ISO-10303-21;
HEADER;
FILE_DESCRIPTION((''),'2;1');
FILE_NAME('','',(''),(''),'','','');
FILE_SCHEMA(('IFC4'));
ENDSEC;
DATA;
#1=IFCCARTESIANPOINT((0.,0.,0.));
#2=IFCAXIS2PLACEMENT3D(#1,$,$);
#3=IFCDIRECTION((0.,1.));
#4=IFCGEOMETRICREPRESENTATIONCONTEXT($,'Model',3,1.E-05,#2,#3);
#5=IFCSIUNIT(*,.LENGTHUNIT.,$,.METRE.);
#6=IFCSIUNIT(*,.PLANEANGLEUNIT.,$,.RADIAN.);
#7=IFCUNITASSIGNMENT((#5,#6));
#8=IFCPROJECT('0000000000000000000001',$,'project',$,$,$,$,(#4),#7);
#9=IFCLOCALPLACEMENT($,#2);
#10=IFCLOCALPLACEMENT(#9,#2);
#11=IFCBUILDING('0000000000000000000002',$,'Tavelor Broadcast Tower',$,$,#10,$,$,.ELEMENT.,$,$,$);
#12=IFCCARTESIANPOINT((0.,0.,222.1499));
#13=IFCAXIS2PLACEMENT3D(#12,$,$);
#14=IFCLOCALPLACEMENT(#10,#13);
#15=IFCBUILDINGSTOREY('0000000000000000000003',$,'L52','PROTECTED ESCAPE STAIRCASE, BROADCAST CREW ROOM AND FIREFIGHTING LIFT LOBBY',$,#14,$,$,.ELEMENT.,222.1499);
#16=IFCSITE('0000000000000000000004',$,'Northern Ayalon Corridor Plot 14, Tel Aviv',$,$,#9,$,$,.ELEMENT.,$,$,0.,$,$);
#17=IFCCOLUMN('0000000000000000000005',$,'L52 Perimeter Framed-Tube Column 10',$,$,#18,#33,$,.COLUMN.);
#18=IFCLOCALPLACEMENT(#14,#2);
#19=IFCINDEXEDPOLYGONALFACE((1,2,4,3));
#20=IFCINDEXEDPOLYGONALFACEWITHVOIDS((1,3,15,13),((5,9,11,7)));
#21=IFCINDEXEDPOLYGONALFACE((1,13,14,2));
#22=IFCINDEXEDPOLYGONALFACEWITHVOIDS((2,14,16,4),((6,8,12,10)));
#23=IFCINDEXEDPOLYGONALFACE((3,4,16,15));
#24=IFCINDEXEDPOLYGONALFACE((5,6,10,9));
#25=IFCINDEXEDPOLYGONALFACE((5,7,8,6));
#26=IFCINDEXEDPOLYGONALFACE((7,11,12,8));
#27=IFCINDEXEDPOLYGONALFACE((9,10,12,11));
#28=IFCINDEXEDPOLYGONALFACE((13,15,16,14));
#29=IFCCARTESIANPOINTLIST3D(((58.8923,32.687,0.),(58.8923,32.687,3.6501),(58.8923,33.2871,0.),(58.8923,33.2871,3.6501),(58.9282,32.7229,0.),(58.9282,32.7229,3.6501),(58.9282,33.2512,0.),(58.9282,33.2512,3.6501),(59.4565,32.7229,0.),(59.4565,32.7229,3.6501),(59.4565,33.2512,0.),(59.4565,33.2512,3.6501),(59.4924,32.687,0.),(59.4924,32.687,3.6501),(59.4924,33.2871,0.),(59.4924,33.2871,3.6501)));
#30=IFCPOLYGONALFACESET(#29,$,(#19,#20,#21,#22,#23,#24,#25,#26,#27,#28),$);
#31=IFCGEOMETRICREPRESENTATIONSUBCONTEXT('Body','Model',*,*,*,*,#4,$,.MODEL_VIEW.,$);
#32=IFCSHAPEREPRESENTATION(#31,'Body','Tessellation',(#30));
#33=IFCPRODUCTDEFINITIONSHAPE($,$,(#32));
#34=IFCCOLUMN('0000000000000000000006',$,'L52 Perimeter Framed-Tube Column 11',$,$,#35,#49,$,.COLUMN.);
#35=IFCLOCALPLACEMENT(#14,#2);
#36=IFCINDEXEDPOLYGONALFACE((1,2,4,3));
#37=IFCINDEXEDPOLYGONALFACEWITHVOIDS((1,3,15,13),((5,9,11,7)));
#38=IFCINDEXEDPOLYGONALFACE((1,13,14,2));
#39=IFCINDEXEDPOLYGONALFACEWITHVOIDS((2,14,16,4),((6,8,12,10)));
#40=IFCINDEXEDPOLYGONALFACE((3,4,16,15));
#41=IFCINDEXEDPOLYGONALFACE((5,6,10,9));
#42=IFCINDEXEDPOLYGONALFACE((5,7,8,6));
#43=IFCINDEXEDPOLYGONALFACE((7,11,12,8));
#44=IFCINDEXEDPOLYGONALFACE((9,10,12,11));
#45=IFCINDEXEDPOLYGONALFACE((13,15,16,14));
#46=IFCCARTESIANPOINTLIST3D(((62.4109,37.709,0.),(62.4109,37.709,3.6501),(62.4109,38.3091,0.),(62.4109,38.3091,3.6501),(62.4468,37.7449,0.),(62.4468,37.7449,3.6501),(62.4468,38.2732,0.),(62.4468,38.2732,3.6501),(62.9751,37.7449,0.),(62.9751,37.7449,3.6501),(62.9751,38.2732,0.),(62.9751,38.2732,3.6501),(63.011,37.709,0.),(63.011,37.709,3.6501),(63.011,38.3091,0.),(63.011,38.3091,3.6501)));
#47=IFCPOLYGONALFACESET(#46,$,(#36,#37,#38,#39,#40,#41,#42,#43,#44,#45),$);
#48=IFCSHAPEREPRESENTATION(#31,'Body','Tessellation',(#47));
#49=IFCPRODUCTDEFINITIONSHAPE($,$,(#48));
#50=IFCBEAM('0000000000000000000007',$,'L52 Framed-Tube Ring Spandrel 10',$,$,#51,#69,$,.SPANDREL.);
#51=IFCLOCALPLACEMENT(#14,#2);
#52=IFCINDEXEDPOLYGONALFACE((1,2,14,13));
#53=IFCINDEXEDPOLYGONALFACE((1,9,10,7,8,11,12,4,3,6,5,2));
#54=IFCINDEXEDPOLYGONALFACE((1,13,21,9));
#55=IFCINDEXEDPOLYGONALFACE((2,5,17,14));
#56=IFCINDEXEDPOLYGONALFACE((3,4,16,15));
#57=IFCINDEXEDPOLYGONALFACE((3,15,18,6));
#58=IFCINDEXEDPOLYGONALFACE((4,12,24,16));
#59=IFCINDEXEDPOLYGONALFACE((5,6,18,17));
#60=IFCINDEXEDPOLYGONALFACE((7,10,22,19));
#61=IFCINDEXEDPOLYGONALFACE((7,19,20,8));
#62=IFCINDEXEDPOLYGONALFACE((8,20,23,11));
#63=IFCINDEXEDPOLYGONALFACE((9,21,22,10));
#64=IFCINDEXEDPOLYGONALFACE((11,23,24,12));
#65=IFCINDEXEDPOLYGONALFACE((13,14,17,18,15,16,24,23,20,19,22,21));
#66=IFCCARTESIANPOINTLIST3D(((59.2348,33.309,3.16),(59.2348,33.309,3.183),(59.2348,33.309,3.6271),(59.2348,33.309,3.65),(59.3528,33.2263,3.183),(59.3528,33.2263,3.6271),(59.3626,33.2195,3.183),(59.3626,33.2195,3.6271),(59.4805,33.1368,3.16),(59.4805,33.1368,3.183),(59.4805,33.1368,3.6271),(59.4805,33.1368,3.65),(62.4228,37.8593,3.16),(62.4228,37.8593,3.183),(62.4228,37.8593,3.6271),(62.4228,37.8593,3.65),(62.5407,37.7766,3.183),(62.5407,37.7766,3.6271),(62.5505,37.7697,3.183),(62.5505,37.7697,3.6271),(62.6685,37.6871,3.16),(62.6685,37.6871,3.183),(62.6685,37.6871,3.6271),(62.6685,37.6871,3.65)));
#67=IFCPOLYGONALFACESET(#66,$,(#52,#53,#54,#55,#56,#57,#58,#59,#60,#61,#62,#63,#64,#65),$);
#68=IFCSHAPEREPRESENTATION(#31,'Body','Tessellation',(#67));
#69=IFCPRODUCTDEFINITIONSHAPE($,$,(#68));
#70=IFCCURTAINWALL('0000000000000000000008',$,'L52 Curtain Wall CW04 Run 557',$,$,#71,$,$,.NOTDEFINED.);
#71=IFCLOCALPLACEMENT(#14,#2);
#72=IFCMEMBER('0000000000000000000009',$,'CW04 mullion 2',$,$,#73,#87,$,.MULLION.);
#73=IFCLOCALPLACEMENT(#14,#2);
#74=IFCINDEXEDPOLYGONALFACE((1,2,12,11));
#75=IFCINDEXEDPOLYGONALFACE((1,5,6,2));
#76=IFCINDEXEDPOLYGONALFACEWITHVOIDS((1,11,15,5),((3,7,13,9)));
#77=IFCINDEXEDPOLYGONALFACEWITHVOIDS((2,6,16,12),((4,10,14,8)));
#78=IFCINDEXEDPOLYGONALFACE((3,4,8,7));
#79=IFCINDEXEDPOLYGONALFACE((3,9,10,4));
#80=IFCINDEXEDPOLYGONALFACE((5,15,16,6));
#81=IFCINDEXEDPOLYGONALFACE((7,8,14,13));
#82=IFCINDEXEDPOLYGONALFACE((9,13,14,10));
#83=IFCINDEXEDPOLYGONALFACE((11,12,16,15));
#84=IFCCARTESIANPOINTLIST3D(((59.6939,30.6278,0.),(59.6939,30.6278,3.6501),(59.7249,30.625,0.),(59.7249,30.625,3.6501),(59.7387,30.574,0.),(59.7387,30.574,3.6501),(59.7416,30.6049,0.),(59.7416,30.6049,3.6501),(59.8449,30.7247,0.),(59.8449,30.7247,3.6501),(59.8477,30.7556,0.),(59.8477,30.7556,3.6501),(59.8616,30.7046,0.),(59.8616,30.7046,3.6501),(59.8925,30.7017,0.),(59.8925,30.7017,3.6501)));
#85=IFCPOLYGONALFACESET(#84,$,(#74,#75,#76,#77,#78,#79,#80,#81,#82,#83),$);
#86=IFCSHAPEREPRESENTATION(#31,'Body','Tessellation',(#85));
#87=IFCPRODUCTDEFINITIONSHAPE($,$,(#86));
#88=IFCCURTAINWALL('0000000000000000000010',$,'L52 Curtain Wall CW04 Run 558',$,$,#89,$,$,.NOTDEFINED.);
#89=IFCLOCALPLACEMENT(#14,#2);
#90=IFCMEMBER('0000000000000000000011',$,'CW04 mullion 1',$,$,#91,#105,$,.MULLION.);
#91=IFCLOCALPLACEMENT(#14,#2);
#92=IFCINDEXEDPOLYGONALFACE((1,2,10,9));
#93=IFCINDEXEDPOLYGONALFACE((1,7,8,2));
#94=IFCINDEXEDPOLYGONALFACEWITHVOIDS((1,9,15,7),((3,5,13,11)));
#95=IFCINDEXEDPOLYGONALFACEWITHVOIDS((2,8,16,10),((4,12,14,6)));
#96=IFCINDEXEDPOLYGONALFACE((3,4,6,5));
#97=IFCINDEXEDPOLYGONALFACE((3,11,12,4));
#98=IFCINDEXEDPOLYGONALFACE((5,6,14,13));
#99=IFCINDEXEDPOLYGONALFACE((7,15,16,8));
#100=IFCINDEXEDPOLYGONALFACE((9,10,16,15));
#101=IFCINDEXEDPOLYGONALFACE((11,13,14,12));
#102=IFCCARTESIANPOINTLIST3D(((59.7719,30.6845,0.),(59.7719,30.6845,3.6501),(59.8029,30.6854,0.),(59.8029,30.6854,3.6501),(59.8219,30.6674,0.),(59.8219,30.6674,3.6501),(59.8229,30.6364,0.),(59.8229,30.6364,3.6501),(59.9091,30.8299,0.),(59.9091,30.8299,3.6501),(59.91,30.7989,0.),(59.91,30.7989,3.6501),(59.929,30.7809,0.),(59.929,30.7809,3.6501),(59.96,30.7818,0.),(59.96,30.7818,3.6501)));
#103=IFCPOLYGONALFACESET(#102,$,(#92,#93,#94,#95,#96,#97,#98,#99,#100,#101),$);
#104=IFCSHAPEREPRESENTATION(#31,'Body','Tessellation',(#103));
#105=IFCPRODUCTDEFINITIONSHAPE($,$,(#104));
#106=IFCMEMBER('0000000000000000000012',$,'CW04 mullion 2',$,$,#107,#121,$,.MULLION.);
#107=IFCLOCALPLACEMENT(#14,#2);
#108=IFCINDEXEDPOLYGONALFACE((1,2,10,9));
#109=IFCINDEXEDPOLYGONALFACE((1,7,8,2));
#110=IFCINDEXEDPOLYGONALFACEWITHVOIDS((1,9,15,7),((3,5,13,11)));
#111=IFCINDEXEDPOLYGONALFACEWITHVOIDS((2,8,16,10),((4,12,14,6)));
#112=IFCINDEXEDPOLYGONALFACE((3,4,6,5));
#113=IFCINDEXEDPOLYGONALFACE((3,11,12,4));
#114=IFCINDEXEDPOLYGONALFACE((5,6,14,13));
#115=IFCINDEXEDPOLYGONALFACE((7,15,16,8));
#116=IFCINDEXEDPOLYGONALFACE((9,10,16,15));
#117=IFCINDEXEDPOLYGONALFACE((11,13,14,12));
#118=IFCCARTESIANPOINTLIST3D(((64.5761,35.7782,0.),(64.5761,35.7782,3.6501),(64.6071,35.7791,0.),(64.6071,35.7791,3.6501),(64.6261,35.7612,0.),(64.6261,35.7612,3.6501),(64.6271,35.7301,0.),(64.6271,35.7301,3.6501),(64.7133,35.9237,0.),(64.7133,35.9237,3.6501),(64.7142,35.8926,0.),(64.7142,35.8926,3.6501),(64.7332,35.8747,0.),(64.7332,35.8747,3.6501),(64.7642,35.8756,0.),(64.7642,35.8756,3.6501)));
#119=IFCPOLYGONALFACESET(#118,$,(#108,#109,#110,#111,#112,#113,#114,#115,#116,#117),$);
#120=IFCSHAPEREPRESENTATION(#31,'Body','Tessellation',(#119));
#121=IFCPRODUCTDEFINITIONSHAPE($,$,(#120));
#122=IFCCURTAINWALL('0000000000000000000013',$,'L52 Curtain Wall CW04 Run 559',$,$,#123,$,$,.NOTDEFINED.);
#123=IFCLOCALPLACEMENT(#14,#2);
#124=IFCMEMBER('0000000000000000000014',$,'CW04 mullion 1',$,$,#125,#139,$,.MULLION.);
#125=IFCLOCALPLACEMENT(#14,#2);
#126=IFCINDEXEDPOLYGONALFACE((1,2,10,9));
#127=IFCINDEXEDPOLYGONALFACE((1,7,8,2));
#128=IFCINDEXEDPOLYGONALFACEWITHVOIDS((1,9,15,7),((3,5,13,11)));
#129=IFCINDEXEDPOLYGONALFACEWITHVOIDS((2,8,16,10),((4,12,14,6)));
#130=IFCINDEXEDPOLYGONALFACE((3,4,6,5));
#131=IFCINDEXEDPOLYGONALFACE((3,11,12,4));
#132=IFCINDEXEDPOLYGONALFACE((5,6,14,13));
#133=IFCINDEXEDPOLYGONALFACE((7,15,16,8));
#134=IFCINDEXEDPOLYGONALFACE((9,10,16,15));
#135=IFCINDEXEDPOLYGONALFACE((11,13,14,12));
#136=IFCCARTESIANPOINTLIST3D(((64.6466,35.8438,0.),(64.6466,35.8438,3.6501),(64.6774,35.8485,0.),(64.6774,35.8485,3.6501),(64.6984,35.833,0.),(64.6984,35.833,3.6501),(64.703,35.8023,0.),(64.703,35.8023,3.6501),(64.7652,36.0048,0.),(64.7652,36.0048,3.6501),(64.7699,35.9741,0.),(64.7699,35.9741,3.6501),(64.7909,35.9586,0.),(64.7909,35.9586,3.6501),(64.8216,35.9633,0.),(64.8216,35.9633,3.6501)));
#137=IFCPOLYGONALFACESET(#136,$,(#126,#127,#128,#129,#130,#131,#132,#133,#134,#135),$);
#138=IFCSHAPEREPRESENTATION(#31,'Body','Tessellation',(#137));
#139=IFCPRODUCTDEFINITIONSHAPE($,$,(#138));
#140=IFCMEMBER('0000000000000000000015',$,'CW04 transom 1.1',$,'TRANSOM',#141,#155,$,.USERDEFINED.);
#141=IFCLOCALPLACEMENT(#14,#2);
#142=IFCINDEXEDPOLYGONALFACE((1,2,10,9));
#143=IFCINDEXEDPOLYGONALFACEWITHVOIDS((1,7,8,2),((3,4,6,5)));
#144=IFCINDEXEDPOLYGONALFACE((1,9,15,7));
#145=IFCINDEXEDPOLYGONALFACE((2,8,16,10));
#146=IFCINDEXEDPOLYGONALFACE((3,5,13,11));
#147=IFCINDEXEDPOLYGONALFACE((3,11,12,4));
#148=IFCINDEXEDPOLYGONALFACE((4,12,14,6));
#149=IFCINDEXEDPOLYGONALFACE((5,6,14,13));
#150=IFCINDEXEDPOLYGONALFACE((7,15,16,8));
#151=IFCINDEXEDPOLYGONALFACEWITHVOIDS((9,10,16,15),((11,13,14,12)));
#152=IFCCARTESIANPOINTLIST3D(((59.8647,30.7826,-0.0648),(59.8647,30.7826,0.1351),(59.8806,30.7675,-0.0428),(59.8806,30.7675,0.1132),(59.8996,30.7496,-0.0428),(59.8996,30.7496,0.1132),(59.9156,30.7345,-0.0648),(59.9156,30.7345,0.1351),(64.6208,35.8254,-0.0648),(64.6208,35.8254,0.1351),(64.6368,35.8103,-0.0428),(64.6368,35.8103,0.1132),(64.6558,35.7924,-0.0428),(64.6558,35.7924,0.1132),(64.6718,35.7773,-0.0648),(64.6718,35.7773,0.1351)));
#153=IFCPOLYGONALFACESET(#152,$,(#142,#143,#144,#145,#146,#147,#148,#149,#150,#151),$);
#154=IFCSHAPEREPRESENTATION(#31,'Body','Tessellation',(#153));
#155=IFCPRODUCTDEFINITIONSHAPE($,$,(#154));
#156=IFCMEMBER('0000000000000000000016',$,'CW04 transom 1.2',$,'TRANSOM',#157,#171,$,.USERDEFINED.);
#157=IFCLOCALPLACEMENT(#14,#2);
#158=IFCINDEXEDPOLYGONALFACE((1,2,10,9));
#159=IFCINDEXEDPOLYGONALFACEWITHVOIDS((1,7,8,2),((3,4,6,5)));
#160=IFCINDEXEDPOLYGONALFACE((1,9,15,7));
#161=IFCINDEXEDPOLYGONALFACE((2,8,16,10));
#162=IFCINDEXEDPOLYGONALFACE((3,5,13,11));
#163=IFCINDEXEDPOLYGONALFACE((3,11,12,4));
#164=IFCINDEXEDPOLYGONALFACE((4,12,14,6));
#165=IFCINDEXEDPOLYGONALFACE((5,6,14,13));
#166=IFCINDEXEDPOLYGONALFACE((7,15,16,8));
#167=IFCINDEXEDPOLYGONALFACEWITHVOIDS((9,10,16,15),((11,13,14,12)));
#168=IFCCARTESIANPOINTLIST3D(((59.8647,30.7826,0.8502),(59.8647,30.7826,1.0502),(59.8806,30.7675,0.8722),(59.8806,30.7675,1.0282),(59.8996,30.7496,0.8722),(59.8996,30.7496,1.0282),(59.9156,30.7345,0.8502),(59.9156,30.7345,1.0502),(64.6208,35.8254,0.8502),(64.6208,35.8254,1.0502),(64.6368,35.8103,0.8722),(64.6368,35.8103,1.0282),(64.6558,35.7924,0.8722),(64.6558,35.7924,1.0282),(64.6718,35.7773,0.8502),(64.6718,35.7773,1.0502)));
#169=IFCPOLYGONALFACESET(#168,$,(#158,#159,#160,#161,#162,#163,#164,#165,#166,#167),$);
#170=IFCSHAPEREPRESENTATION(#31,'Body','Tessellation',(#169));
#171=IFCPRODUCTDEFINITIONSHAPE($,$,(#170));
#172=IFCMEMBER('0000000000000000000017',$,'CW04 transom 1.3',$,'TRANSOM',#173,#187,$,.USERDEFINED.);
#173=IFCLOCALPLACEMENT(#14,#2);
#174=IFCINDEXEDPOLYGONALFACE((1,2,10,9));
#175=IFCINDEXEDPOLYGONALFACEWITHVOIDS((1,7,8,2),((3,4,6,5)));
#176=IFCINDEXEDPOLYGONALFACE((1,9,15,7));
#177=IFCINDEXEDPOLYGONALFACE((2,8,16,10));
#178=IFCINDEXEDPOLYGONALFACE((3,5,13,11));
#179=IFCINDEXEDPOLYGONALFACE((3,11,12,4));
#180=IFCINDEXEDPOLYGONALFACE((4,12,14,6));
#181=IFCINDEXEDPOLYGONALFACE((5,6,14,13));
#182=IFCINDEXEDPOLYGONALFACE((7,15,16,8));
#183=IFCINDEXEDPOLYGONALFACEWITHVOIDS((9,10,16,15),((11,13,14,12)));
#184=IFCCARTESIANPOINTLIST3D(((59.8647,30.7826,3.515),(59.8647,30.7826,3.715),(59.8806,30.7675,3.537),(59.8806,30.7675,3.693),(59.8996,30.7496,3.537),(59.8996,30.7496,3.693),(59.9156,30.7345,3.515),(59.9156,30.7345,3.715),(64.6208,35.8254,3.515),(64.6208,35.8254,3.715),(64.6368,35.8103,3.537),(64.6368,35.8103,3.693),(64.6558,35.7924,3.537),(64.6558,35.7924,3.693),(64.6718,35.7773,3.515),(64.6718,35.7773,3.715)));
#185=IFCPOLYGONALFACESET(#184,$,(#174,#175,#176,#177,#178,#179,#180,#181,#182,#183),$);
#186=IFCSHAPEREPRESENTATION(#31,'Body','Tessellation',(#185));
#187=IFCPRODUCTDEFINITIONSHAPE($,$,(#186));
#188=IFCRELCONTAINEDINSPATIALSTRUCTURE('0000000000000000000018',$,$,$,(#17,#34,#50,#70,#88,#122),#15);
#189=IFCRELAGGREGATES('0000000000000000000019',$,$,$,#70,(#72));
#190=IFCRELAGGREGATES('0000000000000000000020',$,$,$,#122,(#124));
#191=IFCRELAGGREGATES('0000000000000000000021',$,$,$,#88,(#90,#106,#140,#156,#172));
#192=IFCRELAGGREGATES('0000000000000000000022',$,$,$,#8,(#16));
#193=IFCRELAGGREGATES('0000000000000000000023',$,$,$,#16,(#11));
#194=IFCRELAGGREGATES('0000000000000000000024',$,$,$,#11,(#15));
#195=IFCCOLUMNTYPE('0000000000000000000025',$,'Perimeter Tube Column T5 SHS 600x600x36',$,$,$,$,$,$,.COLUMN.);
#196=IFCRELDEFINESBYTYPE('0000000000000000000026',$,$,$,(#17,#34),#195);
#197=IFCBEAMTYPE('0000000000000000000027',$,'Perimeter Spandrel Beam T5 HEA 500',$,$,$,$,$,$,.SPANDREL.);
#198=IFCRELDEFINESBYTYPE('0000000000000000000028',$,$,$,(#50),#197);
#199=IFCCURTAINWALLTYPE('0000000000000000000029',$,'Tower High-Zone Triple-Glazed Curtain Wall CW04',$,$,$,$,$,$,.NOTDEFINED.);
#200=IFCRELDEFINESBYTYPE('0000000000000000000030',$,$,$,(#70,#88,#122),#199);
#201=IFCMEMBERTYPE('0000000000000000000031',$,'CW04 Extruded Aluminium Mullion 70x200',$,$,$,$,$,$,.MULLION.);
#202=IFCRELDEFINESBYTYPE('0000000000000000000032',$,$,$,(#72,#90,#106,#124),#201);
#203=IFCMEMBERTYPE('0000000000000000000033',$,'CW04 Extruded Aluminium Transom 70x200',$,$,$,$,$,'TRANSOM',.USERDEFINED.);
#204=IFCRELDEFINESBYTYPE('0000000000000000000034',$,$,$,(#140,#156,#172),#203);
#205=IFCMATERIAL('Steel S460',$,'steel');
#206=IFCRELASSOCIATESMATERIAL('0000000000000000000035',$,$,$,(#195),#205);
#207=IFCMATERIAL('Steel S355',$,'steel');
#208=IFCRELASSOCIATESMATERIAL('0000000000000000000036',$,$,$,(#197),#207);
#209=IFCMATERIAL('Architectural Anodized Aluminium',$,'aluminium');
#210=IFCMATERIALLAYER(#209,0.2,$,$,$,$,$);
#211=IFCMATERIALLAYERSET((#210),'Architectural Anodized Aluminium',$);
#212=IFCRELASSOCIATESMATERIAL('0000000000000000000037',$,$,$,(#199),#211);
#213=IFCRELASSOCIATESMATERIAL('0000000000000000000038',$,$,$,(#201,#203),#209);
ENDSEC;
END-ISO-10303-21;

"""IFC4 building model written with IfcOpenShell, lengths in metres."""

from ifc_helpers import new_model, si_unit, direction, frame, origin, origin_2d, place, context, subcontext, project, spatial, hollow_rectangle, i_section, extrude, source, transform, mapped, material, layer, layer_set, material_profile, profile_set, type_object, type_shapes, element, aggregate, save


model = new_model("IFC4")

# Units and contexts
model_context = context("Model", 3, precision=1e-05, world=origin(), true_north=direction((0.0, 1.0)))
body_context = subcontext(model_context, "Body", "Model", "MODEL_VIEW")
ifc_project = project(units=[si_unit("LENGTHUNIT", "METRE"), si_unit("PLANEANGLEUNIT", "RADIAN")], contexts=[model_context])

# Site, building, storey
site_placement = place(None, origin())
site = spatial("IfcSite", under=ifc_project, at=site_placement, Name="Northern Ayalon Corridor Plot 14, Tel Aviv", CompositionType="ELEMENT", RefElevation=0.0)
building_placement = place(site_placement, origin())
building = spatial("IfcBuilding", under=site, at=building_placement, Name="Tavelor Broadcast Tower", CompositionType="ELEMENT")
storey_placement = place(building_placement, frame((0.0, 0.0, 222.1499)))
storey = spatial("IfcBuildingStorey", under=building, at=storey_placement, Name="L52", Description="PROTECTED ESCAPE STAIRCASE, BROADCAST CREW ROOM AND FIREFIGHTING LIFT LOBBY", CompositionType="ELEMENT", Elevation=222.1499)

# Columns
ifc_material_1 = material(Name="Steel S460", Category="steel")
ifc_material_profile_1 = material_profile(ifc_material_1, hollow_rectangle(XDim=0.6001, YDim=0.6001, WallThickness=0.0359, at=origin_2d()), Name="SHS 600x600x36")
ifc_profile_set_1 = profile_set([ifc_material_profile_1], Name="Steel S460")
column_type = type_object("IfcColumnType", Name="Perimeter Tube Column T5 SHS 600x600x36", PredefinedType="COLUMN", material=ifc_profile_set_1)
for number, where, z_axis, x_axis, name in (
    (1, (59.1924, 32.9871, 0.0), (0.0, 0.0, 1.0), (1.0, 0.0, 0.0), "L52 Perimeter Framed-Tube Column 10"),
    (2, (62.7109, 38.009, 0.0), (0.0, 0.0, 1.0), (1.0, 0.0, 0.0), "L52 Perimeter Framed-Tube Column 11"),
):
    element("IfcColumn", number, at=place(storey_placement, frame(where, z_axis=z_axis, x_axis=x_axis)), inside=storey, type_object=column_type, Name=name, PredefinedType="COLUMN", context=body_context, shape_type="SweptSolid", body=[
        extrude(hollow_rectangle(XDim=0.6001, YDim=0.6001, WallThickness=0.0359, at=origin_2d()), origin(), (0.0, 0.0, 1.0), 3.6501),
    ])

# Beam
ifc_material_2 = material(Name="Steel S355", Category="steel")
ifc_material_profile_2 = material_profile(ifc_material_2, i_section(OverallWidth=0.3, OverallDepth=0.49, WebThickness=0.012, FlangeThickness=0.0229, at=origin_2d()), Name="HEA 500")
ifc_profile_set_2 = profile_set([ifc_material_profile_2], Name="Steel S355")
beam_type = type_object("IfcBeamType", Name="Perimeter Spandrel Beam T5 HEA 500", PredefinedType="SPANDREL", material=ifc_profile_set_2)
beam_placement = place(storey_placement, frame((59.3577, 33.2229, 3.405), z_axis=(0.573798, 0.818997, 0.0), x_axis=(-0.818997, 0.573798, 0.0)))
element("IfcBeam", 3, at=beam_placement, inside=storey, type_object=beam_type, Name="L52 Framed-Tube Ring Spandrel 10", PredefinedType="SPANDREL", context=body_context, shape_type="SweptSolid", body=[
    extrude(i_section(OverallWidth=0.3, OverallDepth=0.49, WebThickness=0.012, FlangeThickness=0.0229, at=origin_2d()), origin(), (0.0, 0.0, 1.0), 5.5559),
])

# Curtain wall, member
ifc_material_3 = material(Name="Architectural Anodized Aluminium", Category="aluminium")
ifc_layer_1 = layer(ifc_material_3, 0.2)
ifc_layer_set_1 = layer_set([ifc_layer_1], Name="Architectural Anodized Aluminium")
curtain_wall_type = type_object("IfcCurtainWallType", Name="Tower High-Zone Triple-Glazed Curtain Wall CW04", PredefinedType="NOTDEFINED", material=ifc_layer_set_1)
curtain_wall_1_placement = place(storey_placement, origin())
curtain_wall_1 = element("IfcCurtainWall", 4, at=curtain_wall_1_placement, inside=storey, type_object=curtain_wall_type, Name="L52 Curtain Wall CW04 Run 557", PredefinedType="NOTDEFINED")
ifc_material_profile_3 = material_profile(ifc_material_3, hollow_rectangle(XDim=0.0701, YDim=0.2, WallThickness=0.022, at=origin_2d()), Name="RHS 70x200x22")
ifc_profile_set_3 = profile_set([ifc_material_profile_3], Name="Architectural Anodized Aluminium")
member_type_1 = type_object("IfcMemberType", Name="CW04 Extruded Aluminium Mullion 70x200", PredefinedType="MULLION", material=ifc_profile_set_3)
shared_shape_1 = source(origin(), body_context, "Body", "SweptSolid", [
    extrude(hollow_rectangle(XDim=0.0701, YDim=0.2, WallThickness=0.022, at=origin_2d()), origin(), (0.0, 0.0, 1.0), 3.6501),
])
type_shapes(member_type_1, [shared_shape_1])
member_1_placement = place(storey_placement, frame((59.7932, 30.6648, 0.0), z_axis=(0.0, 0.0, 1.0), x_axis=(-0.639105, 0.769119, 0.0)))
member_1 = element("IfcMember", 5, at=member_1_placement, type_object=member_type_1, Name="CW04 mullion 2", PredefinedType="MULLION", context=body_context, shape_type="MappedRepresentation", body=[
    mapped(shared_shape_1, transform((0.0, 0.0, 0.0), scale=1.0)),
])
aggregate(curtain_wall_1, [member_1])

# Curtain wall, members
curtain_wall_2_placement = place(storey_placement, origin())
curtain_wall_2 = element("IfcCurtainWall", 6, at=curtain_wall_2_placement, inside=storey, type_object=curtain_wall_type, Name="L52 Curtain Wall CW04 Run 558", PredefinedType="NOTDEFINED")
member_2_placement = place(storey_placement, frame((59.866, 30.7332, 0.0), z_axis=(0.0, 0.0, 1.0), x_axis=(-0.727478, 0.686131, 0.0)))
member_2 = element("IfcMember", 7, at=member_2_placement, type_object=member_type_1, Name="CW04 mullion 1", PredefinedType="MULLION", context=body_context, shape_type="MappedRepresentation", body=[
    mapped(shared_shape_1, transform((0.0, 0.0, 0.0), scale=1.0)),
])
member_3_placement = place(storey_placement, frame((64.6702, 35.8269, 0.0), z_axis=(0.0, 0.0, 1.0), x_axis=(-0.727478, 0.686131, 0.0)))
member_3 = element("IfcMember", 8, at=member_3_placement, type_object=member_type_1, Name="CW04 mullion 2", PredefinedType="MULLION", context=body_context, shape_type="MappedRepresentation", body=[
    mapped(shared_shape_1, transform((0.0, 0.0, 0.0), scale=1.0)),
])

# Curtain wall, member
curtain_wall_3_placement = place(storey_placement, origin())
curtain_wall_3 = element("IfcCurtainWall", 9, at=curtain_wall_3_placement, inside=storey, type_object=curtain_wall_type, Name="L52 Curtain Wall CW04 Run 559", PredefinedType="NOTDEFINED")
member_4_placement = place(storey_placement, frame((64.7341, 35.9036, 0.0), z_axis=(0.0, 0.0, 1.0), x_axis=(-0.805162, 0.593054, 0.0)))
member_4 = element("IfcMember", 10, at=member_4_placement, type_object=member_type_1, Name="CW04 mullion 1", PredefinedType="MULLION", context=body_context, shape_type="MappedRepresentation", body=[
    mapped(shared_shape_1, transform((0.0, 0.0, 0.0), scale=1.0)),
])

# Members
ifc_material_profile_4 = material_profile(ifc_material_3, hollow_rectangle(XDim=0.0701, YDim=0.2, WallThickness=0.022, at=origin_2d()), Name="RHS 70x200x22")
ifc_profile_set_4 = profile_set([ifc_material_profile_4], Name="Architectural Anodized Aluminium")
member_type_2 = type_object("IfcMemberType", Name="CW04 Extruded Aluminium Transom 70x200", ElementType="TRANSOM", PredefinedType="USERDEFINED", material=ifc_profile_set_4)
shared_shape_2 = source(origin(), body_context, "Body", "SweptSolid", [
    extrude(hollow_rectangle(XDim=0.0701, YDim=0.2, WallThickness=0.022, at=origin_2d()), origin(), (0.0, 0.0, 1.0), 6.9319),
])
type_shapes(member_type_2, [shared_shape_2])
member_5_placement = place(storey_placement, frame((59.8901, 30.7585, 0.0352), z_axis=(0.68613, 0.727479, 0.0), x_axis=(-0.727479, 0.68613, 0.0)))
member_5 = element("IfcMember", 11, at=member_5_placement, type_object=member_type_2, Name="CW04 transom 1.1", ObjectType="TRANSOM", PredefinedType="USERDEFINED", context=body_context, shape_type="MappedRepresentation", body=[
    mapped(shared_shape_2, transform((0.0, 0.0, 0.0), scale=1.0)),
])
member_6_placement = place(storey_placement, frame((59.8901, 30.7585, 0.9502), z_axis=(0.68613, 0.727479, 0.0), x_axis=(-0.727479, 0.68613, 0.0)))
member_6 = element("IfcMember", 12, at=member_6_placement, type_object=member_type_2, Name="CW04 transom 1.2", ObjectType="TRANSOM", PredefinedType="USERDEFINED", context=body_context, shape_type="MappedRepresentation", body=[
    mapped(shared_shape_2, transform((0.0, 0.0, 0.0), scale=1.0)),
])
member_7_placement = place(storey_placement, frame((59.8901, 30.7585, 3.615), z_axis=(0.68613, 0.727479, 0.0), x_axis=(-0.727479, 0.68613, 0.0)))
member_7 = element("IfcMember", 13, at=member_7_placement, type_object=member_type_2, Name="CW04 transom 1.3", ObjectType="TRANSOM", PredefinedType="USERDEFINED", context=body_context, shape_type="MappedRepresentation", body=[
    mapped(shared_shape_2, transform((0.0, 0.0, 0.0), scale=1.0)),
])
aggregate(curtain_wall_3, [member_4])

aggregate(curtain_wall_2, [member_2, member_3, member_5, member_6, member_7])

save(model, "model.ifc")
